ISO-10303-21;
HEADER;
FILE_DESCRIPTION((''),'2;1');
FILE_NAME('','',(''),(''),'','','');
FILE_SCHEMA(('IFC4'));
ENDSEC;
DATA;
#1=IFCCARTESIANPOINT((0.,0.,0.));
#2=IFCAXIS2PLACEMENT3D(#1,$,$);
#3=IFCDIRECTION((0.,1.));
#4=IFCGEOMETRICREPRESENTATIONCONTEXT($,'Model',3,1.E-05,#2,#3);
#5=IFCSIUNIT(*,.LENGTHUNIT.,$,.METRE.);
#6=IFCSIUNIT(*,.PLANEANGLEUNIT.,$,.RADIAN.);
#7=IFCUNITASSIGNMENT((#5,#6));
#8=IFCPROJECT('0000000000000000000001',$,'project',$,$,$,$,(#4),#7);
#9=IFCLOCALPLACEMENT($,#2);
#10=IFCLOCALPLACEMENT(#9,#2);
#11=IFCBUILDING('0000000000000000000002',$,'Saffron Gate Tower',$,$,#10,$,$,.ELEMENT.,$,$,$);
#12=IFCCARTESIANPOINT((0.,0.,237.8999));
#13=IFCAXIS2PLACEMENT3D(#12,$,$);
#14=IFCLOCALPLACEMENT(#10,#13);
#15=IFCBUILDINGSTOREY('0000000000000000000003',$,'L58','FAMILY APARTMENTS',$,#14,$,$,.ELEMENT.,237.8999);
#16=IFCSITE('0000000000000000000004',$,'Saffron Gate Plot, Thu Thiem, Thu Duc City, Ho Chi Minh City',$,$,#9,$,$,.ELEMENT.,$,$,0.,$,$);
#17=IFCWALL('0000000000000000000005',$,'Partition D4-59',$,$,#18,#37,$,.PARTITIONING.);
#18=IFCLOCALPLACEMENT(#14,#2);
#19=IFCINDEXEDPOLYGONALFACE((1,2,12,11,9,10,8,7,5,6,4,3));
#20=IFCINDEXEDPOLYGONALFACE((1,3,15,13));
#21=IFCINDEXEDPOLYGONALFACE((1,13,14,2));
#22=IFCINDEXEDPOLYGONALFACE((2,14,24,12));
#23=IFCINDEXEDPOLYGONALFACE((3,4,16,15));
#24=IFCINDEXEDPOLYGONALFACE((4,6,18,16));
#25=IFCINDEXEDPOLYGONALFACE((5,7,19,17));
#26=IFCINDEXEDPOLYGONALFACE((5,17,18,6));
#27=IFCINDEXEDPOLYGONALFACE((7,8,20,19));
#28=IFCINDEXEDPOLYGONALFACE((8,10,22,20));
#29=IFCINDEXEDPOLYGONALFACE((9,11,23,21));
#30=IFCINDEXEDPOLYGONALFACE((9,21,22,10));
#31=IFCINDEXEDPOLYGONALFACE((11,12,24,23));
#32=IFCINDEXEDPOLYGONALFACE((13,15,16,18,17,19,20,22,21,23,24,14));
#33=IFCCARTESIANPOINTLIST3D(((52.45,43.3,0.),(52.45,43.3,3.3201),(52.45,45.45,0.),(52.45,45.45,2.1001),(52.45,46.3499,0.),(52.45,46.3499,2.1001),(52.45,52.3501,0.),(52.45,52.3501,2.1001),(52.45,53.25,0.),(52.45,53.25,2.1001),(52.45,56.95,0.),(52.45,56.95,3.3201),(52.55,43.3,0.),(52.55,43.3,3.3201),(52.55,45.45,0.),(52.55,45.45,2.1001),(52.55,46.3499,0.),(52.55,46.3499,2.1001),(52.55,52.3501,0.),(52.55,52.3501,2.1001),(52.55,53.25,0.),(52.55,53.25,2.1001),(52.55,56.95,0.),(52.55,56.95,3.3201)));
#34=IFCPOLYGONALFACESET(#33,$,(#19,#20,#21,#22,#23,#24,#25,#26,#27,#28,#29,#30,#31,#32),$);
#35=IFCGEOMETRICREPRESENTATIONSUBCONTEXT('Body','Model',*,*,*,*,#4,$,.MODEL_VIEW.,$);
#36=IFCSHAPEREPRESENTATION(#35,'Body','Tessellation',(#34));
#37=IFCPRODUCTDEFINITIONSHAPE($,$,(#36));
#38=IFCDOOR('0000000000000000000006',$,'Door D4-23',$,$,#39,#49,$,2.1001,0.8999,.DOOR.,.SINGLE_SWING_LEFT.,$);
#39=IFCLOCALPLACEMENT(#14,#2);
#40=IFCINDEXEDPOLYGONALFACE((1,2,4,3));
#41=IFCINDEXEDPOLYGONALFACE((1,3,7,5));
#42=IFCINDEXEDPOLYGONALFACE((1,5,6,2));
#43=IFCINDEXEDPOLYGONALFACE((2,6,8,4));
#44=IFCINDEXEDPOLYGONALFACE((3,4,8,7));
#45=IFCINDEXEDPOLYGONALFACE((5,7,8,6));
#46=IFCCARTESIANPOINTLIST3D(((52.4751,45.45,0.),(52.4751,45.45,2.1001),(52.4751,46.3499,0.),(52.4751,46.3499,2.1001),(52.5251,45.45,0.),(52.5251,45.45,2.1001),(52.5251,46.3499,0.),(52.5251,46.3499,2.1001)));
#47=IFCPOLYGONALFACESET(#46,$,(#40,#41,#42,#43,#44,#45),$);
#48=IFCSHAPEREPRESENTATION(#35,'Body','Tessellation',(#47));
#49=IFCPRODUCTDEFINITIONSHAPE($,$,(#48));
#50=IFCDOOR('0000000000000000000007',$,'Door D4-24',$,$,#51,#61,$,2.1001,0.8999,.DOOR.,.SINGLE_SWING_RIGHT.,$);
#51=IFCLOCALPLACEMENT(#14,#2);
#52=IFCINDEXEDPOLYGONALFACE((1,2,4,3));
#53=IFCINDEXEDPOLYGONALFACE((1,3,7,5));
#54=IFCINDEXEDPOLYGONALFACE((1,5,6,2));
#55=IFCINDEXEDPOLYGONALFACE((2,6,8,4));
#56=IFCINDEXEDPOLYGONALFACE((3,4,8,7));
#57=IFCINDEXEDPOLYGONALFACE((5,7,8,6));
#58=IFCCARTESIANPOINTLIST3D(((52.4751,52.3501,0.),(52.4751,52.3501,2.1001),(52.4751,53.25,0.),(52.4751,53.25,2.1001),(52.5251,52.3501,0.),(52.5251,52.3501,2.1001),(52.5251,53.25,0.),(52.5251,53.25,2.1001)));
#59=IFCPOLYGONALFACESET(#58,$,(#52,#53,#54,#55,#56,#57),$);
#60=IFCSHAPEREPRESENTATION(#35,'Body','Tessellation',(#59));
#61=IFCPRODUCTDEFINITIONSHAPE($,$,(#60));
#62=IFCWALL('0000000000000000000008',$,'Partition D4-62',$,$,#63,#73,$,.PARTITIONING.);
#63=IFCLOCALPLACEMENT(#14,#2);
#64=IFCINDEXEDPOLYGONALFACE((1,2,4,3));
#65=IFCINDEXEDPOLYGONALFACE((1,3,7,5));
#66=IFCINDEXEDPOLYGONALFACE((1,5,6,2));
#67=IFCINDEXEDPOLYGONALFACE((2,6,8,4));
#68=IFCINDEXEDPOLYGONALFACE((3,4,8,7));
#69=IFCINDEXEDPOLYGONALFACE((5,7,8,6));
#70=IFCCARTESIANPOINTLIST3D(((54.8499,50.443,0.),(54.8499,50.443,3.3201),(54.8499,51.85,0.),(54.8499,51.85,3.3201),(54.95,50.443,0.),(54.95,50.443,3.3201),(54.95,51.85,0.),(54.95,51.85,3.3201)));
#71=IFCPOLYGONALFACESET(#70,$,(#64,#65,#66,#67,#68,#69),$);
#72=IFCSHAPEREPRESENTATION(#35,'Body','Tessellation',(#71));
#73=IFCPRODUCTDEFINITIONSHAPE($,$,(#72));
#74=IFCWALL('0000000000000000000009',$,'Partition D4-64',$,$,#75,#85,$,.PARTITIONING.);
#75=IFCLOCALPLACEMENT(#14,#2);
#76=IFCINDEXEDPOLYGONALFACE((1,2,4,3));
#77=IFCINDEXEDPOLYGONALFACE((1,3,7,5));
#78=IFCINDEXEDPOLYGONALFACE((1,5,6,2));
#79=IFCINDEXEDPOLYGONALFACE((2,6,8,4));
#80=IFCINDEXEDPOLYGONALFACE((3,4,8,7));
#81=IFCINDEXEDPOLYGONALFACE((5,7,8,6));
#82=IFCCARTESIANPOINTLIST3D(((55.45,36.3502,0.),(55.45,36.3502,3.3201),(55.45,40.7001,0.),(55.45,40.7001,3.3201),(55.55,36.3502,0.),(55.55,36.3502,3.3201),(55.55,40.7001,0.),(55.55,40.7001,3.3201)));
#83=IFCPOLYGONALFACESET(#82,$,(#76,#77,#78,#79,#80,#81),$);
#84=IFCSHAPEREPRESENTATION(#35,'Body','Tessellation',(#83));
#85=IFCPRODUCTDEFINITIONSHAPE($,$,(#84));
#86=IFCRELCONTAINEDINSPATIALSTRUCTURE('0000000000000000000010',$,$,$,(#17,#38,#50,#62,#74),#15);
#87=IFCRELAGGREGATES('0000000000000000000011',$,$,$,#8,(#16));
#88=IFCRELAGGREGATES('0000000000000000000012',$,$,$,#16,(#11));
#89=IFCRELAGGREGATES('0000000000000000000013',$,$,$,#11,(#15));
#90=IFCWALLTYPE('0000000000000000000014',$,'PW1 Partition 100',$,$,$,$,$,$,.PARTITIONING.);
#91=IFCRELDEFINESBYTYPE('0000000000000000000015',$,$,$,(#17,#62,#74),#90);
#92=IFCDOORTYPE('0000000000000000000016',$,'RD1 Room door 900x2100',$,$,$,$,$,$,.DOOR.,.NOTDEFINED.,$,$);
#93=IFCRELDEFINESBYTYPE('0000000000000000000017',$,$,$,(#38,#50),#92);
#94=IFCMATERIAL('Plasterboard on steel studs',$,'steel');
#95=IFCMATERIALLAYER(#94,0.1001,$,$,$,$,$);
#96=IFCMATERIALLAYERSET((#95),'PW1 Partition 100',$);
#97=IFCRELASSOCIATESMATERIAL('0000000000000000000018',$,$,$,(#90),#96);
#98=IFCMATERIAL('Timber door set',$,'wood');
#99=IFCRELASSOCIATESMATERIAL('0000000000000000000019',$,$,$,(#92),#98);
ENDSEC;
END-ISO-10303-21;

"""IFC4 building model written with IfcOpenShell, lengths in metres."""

from ifc_helpers import new_model, si_unit, direction, frame, frame_2d, origin, place, context, subcontext, project, spatial, rectangle, extrude, material, layer, layer_set, type_object, element, fill, save


model = new_model("IFC4")

# Units and contexts
model_context = context("Model", 3, precision=1e-05, world=origin(), true_north=direction((0.0, 1.0)))
body_context = subcontext(model_context, "Body", "Model", "MODEL_VIEW")
ifc_project = project(units=[si_unit("LENGTHUNIT", "METRE"), si_unit("PLANEANGLEUNIT", "RADIAN")], contexts=[model_context])

# Site, building, storey
site_placement = place(None, origin())
site = spatial("IfcSite", under=ifc_project, at=site_placement, Name="Saffron Gate Plot, Thu Thiem, Thu Duc City, Ho Chi Minh City", CompositionType="ELEMENT", RefElevation=0.0)
building_placement = place(site_placement, origin())
building = spatial("IfcBuilding", under=site, at=building_placement, Name="Saffron Gate Tower", CompositionType="ELEMENT")
storey_placement = place(building_placement, frame((0.0, 0.0, 237.8999)))
storey = spatial("IfcBuildingStorey", under=building, at=storey_placement, Name="L58", Description="FAMILY APARTMENTS", CompositionType="ELEMENT", Elevation=237.8999)

# Shared definitions
ifc_material_1 = material(Name="Plasterboard on steel studs", Category="steel")
ifc_layer = layer(ifc_material_1, 0.1001)
ifc_layer_set = layer_set([ifc_layer], Name="PW1 Partition 100")
wall_type = type_object("IfcWallType", Name="PW1 Partition 100", PredefinedType="PARTITIONING", material=ifc_layer_set)

# Wall, openings, doors
wall_1_placement = place(storey_placement, frame((52.5, 43.3, 0.0), z_axis=(0.0, 0.0, 1.0), x_axis=(0.0, 1.0, 0.0)))
wall_1 = element("IfcWall", 1, at=wall_1_placement, inside=storey, type_object=wall_type, Name="Partition D4-59", PredefinedType="PARTITIONING", context=body_context, shape_type="SweptSolid", body=[
    extrude(rectangle(XDim=13.6499, YDim=0.1001, at=frame_2d((6.825, 0.0))), origin(), (0.0, 0.0, 1.0), 3.3201),
])
opening_1_placement = place(wall_1_placement, frame((2.1499, 0.0, 0.0)))
opening_1 = element("IfcOpeningElement", 2, at=opening_1_placement, cuts=wall_1, PredefinedType="OPENING", context=body_context, shape_type="SweptSolid", body=[
    extrude(rectangle(XDim=0.8999, YDim=2.1001, at=frame_2d((0.45, 1.05))), frame((0.0, 0.0601, 0.0), z_axis=(0.0, -1.0, 0.0), x_axis=(1.0, 0.0, 0.0)), (0.0, 0.0, 1.0), 0.1201),
])
opening_2_placement = place(wall_1_placement, frame((9.05, 0.0, 0.0)))
opening_2 = element("IfcOpeningElement", 3, at=opening_2_placement, cuts=wall_1, PredefinedType="OPENING", context=body_context, shape_type="SweptSolid", body=[
    extrude(rectangle(XDim=0.8999, YDim=2.1001, at=frame_2d((0.45, 1.05))), frame((0.0, 0.0601, 0.0), z_axis=(0.0, -1.0, 0.0), x_axis=(1.0, 0.0, 0.0)), (0.0, 0.0, 1.0), 0.1201),
])
ifc_material_2 = material(Name="Timber door set", Category="wood")
door_type = type_object("IfcDoorType", Name="RD1 Room door 900x2100", OperationType="NOTDEFINED", PredefinedType="DOOR", material=ifc_material_2)
door_1_placement = place(opening_1_placement, origin())
door_1 = element("IfcDoor", 4, at=door_1_placement, inside=storey, type_object=door_type, Name="Door D4-23", OperationType="SINGLE_SWING_LEFT", OverallHeight=2.1001, OverallWidth=0.8999, PredefinedType="DOOR", context=body_context, shape_type="SweptSolid", body=[
    extrude(rectangle(XDim=0.8999, YDim=2.1001, at=frame_2d((0.45, 1.05))), frame((0.0, 0.0249, 0.0), z_axis=(0.0, -1.0, 0.0), x_axis=(1.0, 0.0, 0.0)), (0.0, 0.0, 1.0), 0.05),
])
fill(opening_1, door_1)
door_2_placement = place(opening_2_placement, origin())
door_2 = element("IfcDoor", 5, at=door_2_placement, inside=storey, type_object=door_type, Name="Door D4-24", OperationType="SINGLE_SWING_RIGHT", OverallHeight=2.1001, OverallWidth=0.8999, PredefinedType="DOOR", context=body_context, shape_type="SweptSolid", body=[
    extrude(rectangle(XDim=0.8999, YDim=2.1001, at=frame_2d((0.45, 1.05))), frame((0.0, 0.0249, 0.0), z_axis=(0.0, -1.0, 0.0), x_axis=(1.0, 0.0, 0.0)), (0.0, 0.0, 1.0), 0.05),
])
fill(opening_2, door_2)

# Walls
wall_2_placement = place(storey_placement, frame((54.8999, 51.8501, 0.0), z_axis=(0.0, 0.0, 1.0), x_axis=(0.0, -1.0, 0.0)))
element("IfcWall", 6, at=wall_2_placement, inside=storey, type_object=wall_type, Name="Partition D4-62", PredefinedType="PARTITIONING", context=body_context, shape_type="SweptSolid", body=[
    extrude(rectangle(XDim=1.407, YDim=0.1001, at=frame_2d((0.7036, 0.0))), origin(), (0.0, 0.0, 1.0), 3.3201),
])
wall_3_placement = place(storey_placement, frame((55.5, 40.7, 0.0), z_axis=(0.0, 0.0, 1.0), x_axis=(0.0, -1.0, 0.0)))
element("IfcWall", 7, at=wall_3_placement, inside=storey, type_object=wall_type, Name="Partition D4-64", PredefinedType="PARTITIONING", context=body_context, shape_type="SweptSolid", body=[
    extrude(rectangle(XDim=4.3499, YDim=0.1001, at=frame_2d((2.1748, 0.0))), origin(), (0.0, 0.0, 1.0), 3.3201),
])

save(model, "model.ifc")
